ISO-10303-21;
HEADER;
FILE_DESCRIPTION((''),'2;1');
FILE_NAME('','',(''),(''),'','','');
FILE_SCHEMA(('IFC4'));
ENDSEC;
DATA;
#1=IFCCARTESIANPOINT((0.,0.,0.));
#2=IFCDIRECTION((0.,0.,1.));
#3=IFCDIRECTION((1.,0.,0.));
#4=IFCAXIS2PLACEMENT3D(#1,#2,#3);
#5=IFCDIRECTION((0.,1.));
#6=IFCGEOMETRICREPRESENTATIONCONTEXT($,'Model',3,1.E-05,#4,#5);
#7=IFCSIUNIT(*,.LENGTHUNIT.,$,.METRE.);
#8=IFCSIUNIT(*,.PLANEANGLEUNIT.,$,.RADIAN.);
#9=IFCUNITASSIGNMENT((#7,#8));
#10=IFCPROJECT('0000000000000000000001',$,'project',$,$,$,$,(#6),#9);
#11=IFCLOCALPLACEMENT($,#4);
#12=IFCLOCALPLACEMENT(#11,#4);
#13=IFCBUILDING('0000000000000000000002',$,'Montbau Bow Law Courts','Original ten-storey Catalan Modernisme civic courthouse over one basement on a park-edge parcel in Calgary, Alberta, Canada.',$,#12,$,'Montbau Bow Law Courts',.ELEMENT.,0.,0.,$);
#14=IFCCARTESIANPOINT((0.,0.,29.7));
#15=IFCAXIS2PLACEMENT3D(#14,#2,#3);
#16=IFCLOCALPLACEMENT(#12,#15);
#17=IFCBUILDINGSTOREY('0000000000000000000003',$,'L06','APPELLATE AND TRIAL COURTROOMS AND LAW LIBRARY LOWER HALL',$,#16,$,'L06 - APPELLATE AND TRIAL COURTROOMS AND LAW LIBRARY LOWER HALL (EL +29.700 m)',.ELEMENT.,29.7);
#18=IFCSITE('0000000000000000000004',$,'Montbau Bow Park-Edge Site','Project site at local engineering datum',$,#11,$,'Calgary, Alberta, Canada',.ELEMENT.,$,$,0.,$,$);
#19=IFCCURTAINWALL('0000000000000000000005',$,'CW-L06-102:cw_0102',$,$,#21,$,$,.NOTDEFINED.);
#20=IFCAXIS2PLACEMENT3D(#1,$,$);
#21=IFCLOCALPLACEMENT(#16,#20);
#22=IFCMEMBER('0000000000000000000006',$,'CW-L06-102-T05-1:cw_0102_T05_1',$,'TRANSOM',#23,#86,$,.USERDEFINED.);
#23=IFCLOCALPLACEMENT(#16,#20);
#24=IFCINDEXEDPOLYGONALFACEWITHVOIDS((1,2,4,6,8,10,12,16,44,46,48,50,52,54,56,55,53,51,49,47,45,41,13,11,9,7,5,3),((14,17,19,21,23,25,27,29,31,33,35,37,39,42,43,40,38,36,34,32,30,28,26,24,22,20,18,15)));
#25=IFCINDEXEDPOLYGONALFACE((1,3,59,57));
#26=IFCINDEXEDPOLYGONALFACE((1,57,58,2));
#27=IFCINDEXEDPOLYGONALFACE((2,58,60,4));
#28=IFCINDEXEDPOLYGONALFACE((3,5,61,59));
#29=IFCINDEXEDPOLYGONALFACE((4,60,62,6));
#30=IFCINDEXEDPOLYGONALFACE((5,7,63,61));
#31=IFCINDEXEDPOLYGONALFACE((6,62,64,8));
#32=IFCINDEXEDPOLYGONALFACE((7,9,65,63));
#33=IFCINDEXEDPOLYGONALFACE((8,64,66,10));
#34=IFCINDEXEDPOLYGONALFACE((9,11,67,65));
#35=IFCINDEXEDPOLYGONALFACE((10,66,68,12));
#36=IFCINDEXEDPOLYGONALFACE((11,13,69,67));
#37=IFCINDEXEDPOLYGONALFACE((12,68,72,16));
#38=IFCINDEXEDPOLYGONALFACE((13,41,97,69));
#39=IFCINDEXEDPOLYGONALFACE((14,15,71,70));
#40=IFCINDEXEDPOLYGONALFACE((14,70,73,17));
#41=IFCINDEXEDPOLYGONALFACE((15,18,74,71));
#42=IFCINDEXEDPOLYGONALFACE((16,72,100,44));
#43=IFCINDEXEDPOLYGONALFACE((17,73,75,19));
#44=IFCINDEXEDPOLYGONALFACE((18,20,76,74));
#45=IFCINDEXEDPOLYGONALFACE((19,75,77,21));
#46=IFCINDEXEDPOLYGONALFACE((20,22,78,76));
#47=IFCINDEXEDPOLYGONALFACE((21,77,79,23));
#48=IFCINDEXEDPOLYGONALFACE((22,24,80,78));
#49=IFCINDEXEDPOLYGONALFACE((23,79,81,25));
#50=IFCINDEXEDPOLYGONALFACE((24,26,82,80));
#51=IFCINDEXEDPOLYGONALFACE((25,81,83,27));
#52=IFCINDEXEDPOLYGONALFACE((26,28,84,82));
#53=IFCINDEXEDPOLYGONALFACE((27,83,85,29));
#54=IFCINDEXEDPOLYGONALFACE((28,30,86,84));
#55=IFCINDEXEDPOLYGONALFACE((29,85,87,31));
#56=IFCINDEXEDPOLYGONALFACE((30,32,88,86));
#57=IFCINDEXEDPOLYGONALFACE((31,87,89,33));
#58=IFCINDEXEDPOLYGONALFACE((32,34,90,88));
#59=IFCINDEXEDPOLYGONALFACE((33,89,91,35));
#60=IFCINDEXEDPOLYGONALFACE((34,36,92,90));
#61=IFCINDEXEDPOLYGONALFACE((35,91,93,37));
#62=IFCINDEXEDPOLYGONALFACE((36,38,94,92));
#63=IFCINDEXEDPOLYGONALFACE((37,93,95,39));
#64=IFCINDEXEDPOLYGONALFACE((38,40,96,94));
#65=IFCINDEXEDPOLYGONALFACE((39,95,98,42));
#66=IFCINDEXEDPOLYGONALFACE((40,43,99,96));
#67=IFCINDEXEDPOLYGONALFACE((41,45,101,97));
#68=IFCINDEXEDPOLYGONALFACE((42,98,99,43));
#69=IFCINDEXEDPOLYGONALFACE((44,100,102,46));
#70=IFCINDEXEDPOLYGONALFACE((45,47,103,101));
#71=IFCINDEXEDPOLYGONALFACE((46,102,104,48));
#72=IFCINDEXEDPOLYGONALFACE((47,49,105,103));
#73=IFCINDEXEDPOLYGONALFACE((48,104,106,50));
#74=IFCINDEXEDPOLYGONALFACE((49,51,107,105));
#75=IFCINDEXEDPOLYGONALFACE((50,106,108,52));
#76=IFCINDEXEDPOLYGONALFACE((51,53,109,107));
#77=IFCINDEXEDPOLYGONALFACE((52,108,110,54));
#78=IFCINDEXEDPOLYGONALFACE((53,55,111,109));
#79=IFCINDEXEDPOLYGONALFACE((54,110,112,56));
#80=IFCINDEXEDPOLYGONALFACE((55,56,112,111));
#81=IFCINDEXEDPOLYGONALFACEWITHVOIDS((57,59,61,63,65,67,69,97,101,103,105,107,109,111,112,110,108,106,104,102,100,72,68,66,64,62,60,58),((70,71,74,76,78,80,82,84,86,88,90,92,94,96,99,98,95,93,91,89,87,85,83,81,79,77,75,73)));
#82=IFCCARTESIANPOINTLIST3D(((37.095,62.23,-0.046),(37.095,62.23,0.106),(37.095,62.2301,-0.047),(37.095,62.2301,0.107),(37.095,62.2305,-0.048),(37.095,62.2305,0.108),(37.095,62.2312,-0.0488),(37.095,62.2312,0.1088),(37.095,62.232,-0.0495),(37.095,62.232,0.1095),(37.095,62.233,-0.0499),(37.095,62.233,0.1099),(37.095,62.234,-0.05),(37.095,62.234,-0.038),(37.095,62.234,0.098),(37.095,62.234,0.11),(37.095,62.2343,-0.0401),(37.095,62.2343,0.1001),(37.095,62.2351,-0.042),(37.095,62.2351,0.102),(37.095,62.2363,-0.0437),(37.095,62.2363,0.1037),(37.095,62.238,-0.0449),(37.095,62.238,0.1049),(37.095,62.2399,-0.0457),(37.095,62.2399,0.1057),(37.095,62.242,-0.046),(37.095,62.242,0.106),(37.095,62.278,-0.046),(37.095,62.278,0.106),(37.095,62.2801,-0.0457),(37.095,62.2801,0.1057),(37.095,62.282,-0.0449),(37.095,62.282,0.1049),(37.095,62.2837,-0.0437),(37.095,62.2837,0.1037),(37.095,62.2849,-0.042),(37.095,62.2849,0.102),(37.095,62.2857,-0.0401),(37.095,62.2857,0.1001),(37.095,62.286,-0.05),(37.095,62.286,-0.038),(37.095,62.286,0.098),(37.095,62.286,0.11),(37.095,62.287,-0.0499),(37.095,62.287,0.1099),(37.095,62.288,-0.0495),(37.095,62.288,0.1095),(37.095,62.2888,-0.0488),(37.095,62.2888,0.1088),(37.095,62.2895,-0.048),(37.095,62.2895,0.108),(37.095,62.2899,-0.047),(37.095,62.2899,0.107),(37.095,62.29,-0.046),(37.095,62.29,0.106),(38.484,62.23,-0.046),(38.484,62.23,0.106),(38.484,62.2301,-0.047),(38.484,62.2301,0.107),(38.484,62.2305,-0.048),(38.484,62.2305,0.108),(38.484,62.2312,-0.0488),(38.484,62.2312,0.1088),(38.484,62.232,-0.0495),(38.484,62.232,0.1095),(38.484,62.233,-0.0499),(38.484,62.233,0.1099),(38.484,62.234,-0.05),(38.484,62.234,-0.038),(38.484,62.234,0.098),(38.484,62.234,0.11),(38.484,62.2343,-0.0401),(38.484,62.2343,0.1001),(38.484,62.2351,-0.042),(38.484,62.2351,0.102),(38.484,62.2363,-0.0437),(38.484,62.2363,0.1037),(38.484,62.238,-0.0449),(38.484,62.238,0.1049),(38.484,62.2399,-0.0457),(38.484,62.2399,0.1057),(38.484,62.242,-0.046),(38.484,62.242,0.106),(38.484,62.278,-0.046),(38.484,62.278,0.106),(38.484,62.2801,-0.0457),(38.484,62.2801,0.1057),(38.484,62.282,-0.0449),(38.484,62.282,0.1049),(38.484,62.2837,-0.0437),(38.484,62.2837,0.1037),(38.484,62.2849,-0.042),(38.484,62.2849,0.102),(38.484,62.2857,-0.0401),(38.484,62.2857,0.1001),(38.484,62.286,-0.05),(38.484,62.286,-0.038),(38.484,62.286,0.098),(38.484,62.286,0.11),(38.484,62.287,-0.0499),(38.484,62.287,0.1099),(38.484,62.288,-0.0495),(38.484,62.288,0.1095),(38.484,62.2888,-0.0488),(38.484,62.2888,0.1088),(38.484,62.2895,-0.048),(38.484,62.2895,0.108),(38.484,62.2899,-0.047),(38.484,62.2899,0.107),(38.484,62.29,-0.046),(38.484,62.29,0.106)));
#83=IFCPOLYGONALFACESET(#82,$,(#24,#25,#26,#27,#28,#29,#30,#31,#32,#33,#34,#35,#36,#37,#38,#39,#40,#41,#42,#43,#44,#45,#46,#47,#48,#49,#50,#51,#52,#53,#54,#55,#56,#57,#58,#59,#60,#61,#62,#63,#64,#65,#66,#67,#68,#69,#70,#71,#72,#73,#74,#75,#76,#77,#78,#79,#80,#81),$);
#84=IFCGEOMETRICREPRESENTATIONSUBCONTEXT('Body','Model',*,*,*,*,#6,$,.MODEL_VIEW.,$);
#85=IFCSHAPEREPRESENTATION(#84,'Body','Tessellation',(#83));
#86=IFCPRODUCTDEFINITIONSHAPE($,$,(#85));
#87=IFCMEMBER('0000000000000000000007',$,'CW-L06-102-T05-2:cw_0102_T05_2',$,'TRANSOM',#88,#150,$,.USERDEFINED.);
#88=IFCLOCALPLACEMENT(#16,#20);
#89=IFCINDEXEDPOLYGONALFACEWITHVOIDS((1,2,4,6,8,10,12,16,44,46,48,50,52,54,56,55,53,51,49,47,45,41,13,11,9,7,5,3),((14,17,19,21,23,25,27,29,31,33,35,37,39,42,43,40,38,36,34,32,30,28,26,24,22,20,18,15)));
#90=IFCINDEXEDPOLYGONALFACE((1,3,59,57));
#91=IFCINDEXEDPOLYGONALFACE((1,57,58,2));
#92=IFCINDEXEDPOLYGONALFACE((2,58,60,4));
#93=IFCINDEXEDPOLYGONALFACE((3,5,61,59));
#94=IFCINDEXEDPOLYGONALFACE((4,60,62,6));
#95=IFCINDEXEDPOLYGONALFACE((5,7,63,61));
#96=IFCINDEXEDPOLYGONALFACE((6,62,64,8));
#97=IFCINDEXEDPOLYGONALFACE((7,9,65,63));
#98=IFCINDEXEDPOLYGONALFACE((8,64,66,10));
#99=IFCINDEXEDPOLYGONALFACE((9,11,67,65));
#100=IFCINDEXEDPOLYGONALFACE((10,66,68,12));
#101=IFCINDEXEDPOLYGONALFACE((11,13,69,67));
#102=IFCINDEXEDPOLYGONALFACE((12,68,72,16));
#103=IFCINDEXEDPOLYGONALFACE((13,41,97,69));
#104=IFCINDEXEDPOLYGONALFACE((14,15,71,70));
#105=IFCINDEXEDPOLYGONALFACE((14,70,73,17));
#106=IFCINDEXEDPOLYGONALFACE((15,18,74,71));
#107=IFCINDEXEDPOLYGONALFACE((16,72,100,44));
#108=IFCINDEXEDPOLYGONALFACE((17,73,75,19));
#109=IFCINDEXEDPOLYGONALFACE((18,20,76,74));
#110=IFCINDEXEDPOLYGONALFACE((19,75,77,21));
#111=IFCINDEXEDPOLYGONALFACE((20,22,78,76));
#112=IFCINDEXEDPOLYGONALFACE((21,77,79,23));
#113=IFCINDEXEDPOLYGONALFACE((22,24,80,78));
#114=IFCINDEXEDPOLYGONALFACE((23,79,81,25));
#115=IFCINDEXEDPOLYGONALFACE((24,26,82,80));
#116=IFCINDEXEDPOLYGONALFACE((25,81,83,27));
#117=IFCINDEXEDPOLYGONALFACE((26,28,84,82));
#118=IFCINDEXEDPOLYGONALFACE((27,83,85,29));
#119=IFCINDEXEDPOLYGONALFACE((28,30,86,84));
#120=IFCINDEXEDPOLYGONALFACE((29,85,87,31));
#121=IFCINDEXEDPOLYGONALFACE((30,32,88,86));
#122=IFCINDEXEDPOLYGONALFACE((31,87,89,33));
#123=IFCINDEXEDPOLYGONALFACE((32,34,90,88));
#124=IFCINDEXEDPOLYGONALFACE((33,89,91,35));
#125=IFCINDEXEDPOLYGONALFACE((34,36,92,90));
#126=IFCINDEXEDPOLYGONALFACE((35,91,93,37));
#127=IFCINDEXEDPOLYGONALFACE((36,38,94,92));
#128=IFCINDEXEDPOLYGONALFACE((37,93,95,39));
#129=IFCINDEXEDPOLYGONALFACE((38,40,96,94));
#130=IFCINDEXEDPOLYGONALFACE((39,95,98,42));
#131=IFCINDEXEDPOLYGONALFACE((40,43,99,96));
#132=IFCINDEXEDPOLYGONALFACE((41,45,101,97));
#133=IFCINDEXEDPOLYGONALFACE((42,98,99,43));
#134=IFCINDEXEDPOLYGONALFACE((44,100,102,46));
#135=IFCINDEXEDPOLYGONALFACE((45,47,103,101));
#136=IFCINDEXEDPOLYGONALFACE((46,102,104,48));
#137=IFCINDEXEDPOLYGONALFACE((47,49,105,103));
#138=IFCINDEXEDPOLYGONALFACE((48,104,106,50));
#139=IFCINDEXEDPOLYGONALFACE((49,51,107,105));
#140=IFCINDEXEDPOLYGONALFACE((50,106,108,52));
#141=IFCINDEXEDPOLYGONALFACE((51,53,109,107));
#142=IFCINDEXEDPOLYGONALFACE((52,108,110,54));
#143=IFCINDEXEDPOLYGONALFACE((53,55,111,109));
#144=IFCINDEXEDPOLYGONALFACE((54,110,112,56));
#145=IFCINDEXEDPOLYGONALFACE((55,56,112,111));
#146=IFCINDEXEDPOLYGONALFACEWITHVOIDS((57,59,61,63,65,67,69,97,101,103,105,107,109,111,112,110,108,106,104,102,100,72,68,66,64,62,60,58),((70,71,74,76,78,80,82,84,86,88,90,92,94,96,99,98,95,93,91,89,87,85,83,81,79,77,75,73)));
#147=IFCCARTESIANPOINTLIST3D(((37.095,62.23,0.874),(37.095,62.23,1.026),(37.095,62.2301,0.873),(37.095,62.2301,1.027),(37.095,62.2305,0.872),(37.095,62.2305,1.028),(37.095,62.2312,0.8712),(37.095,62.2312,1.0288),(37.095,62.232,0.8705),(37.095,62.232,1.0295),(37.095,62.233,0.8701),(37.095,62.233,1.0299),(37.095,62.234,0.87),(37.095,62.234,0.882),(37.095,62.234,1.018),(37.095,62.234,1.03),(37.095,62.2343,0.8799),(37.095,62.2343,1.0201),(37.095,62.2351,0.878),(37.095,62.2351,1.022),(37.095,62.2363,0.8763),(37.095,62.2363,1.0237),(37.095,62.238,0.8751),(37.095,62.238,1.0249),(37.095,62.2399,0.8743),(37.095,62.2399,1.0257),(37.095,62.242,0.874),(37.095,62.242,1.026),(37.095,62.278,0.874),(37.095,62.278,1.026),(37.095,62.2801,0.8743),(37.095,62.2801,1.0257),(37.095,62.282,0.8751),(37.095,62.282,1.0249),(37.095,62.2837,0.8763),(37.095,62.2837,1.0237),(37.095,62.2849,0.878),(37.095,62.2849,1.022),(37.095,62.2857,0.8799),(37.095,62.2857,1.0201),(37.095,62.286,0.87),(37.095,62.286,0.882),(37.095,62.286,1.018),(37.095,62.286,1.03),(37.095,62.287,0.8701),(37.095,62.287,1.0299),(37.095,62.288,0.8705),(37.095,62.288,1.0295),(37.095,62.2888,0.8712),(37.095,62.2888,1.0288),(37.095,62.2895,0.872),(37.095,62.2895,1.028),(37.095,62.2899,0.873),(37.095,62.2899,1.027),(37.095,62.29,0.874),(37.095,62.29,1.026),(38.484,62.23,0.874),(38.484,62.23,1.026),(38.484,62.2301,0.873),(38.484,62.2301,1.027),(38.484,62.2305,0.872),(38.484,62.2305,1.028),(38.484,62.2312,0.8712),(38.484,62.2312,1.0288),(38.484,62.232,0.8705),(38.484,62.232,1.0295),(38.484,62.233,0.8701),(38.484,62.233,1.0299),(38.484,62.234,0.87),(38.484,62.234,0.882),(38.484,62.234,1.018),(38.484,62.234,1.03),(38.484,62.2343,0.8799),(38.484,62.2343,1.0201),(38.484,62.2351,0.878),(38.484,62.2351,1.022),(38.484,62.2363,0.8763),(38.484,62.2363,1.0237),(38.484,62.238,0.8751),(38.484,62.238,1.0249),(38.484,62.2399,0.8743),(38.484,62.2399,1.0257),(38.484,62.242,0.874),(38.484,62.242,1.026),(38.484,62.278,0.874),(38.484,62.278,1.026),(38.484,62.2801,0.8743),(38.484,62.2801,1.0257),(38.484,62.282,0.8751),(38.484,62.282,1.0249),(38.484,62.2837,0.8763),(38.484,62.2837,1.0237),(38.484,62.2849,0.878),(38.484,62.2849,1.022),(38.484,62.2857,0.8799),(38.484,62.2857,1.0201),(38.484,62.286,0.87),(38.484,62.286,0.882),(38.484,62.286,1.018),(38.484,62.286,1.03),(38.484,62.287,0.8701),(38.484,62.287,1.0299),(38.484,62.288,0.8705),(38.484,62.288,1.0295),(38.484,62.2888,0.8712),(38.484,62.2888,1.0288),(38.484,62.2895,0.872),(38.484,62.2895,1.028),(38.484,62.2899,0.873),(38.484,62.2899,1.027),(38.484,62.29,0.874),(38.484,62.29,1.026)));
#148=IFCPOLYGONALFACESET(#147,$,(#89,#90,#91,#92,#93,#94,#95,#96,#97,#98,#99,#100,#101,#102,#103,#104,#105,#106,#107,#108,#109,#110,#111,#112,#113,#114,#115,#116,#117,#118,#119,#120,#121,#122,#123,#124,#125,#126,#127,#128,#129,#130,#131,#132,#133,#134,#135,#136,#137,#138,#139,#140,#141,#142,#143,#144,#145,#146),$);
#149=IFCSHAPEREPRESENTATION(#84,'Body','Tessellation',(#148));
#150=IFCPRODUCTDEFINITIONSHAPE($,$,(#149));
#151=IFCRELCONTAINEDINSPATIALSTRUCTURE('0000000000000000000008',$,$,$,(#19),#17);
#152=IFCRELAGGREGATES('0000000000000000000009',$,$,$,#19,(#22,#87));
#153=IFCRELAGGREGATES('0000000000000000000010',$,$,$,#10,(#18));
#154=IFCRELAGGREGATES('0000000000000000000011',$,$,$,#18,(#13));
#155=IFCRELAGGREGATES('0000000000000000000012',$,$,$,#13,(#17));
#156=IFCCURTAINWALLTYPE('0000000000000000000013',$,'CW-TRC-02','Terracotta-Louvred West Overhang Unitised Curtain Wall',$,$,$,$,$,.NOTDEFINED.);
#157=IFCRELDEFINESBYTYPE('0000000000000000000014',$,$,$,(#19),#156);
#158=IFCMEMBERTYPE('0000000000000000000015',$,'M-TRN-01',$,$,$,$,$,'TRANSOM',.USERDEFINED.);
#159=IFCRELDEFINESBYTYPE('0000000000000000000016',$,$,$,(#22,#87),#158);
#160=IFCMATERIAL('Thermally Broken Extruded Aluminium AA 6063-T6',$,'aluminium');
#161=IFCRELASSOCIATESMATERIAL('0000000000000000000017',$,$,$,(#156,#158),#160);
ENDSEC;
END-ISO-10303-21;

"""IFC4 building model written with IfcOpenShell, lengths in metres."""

from ifc_helpers import new_model, si_unit, direction, frame, origin_with_axes, origin_2d_with_axis, place, context, subcontext, project, spatial, hollow_rectangle, extrude, material, material_profile, profile_set, type_object, element, aggregate, save


model = new_model("IFC4")

# Units and contexts
model_context = context("Model", 3, precision=1e-05, world=origin_with_axes(), true_north=direction((0.0, 1.0)))
body_context = subcontext(model_context, "Body", "Model", "MODEL_VIEW")
ifc_project = project(units=[si_unit("LENGTHUNIT", "METRE"), si_unit("PLANEANGLEUNIT", "RADIAN")], contexts=[model_context])

# Site, building, storey
site_placement = place(None, origin_with_axes())
site = spatial("IfcSite", under=ifc_project, at=site_placement, Name="Montbau Bow Park-Edge Site", Description="Project site at local engineering datum", LongName="Calgary, Alberta, Canada", CompositionType="ELEMENT", RefElevation=0.0)
building_placement = place(site_placement, origin_with_axes())
building = spatial("IfcBuilding", under=site, at=building_placement, Name="Montbau Bow Law Courts", Description="Original ten-storey Catalan Modernisme civic courthouse over one basement on a park-edge parcel in Calgary, Alberta, Canada.", LongName="Montbau Bow Law Courts", CompositionType="ELEMENT", ElevationOfRefHeight=0.0, ElevationOfTerrain=0.0)
storey_placement = place(building_placement, frame((0.0, 0.0, 29.7), z_axis=(0.0, 0.0, 1.0), x_axis=(1.0, 0.0, 0.0)))
storey = spatial("IfcBuildingStorey", under=building, at=storey_placement, Name="L06", Description="APPELLATE AND TRIAL COURTROOMS AND LAW LIBRARY LOWER HALL", LongName="L06 - APPELLATE AND TRIAL COURTROOMS AND LAW LIBRARY LOWER HALL (EL +29.700 m)", CompositionType="ELEMENT", Elevation=29.7)

# Curtain wall
ifc_material_1 = material(Name="Thermally Broken Extruded Aluminium AA 6063-T6", Category="aluminium")
curtain_wall_type = type_object("IfcCurtainWallType", Name="CW-TRC-02", Description="Terracotta-Louvred West Overhang Unitised Curtain Wall", PredefinedType="NOTDEFINED", material=ifc_material_1)
curtain_wall_1_placement = place(None, frame((31.04, 62.26, 29.7), z_axis=(0.0, 0.0, 1.0), x_axis=(1.0, 0.0, 0.0)))
curtain_wall_1 = element("IfcCurtainWall", 1, at=curtain_wall_1_placement, inside=storey, type_object=curtain_wall_type, Name="CW-L06-102:cw_0102", PredefinedType="NOTDEFINED")

# Members
ifc_material_profile_1 = material_profile(ifc_material_1, hollow_rectangle(XDim=0.06, YDim=0.16, WallThickness=0.004, InnerFilletRadius=0.008, OuterFilletRadius=0.004, at=origin_2d_with_axis()), Name="CWT-160X60", Category="Main", Priority=0)
ifc_profile_set_1 = profile_set([ifc_material_profile_1], Name="Thermally Broken Extruded Aluminium AA 6063-T6")
member_type_1 = type_object("IfcMemberType", Name="M-TRN-01", ElementType="TRANSOM", PredefinedType="USERDEFINED", material=ifc_profile_set_1)
member_1_placement = place(None, frame((37.095, 62.26, 29.73), z_axis=(1.0, 0.0, 0.0), x_axis=(0.0, 1.0, 0.0)))
member_1 = element("IfcMember", 2, at=member_1_placement, type_object=member_type_1, Name="CW-L06-102-T05-1:cw_0102_T05_1", ObjectType="TRANSOM", PredefinedType="USERDEFINED", context=body_context, shape_type="SweptSolid", body=[
    extrude(hollow_rectangle(XDim=0.06, YDim=0.16, WallThickness=0.004, InnerFilletRadius=0.008, OuterFilletRadius=0.004, at=origin_2d_with_axis()), origin_with_axes(), (0.0, 0.0, 1.0), 1.389),
])
member_2_placement = place(None, frame((37.095, 62.26, 30.65), z_axis=(1.0, 0.0, 0.0), x_axis=(0.0, 1.0, 0.0)))
member_2 = element("IfcMember", 3, at=member_2_placement, type_object=member_type_1, Name="CW-L06-102-T05-2:cw_0102_T05_2", ObjectType="TRANSOM", PredefinedType="USERDEFINED", context=body_context, shape_type="SweptSolid", body=[
    extrude(hollow_rectangle(XDim=0.06, YDim=0.16, WallThickness=0.004, InnerFilletRadius=0.008, OuterFilletRadius=0.004, at=origin_2d_with_axis()), origin_with_axes(), (0.0, 0.0, 1.0), 1.389),
])

aggregate(curtain_wall_1, [member_1, member_2])

save(model, "model.ifc")
